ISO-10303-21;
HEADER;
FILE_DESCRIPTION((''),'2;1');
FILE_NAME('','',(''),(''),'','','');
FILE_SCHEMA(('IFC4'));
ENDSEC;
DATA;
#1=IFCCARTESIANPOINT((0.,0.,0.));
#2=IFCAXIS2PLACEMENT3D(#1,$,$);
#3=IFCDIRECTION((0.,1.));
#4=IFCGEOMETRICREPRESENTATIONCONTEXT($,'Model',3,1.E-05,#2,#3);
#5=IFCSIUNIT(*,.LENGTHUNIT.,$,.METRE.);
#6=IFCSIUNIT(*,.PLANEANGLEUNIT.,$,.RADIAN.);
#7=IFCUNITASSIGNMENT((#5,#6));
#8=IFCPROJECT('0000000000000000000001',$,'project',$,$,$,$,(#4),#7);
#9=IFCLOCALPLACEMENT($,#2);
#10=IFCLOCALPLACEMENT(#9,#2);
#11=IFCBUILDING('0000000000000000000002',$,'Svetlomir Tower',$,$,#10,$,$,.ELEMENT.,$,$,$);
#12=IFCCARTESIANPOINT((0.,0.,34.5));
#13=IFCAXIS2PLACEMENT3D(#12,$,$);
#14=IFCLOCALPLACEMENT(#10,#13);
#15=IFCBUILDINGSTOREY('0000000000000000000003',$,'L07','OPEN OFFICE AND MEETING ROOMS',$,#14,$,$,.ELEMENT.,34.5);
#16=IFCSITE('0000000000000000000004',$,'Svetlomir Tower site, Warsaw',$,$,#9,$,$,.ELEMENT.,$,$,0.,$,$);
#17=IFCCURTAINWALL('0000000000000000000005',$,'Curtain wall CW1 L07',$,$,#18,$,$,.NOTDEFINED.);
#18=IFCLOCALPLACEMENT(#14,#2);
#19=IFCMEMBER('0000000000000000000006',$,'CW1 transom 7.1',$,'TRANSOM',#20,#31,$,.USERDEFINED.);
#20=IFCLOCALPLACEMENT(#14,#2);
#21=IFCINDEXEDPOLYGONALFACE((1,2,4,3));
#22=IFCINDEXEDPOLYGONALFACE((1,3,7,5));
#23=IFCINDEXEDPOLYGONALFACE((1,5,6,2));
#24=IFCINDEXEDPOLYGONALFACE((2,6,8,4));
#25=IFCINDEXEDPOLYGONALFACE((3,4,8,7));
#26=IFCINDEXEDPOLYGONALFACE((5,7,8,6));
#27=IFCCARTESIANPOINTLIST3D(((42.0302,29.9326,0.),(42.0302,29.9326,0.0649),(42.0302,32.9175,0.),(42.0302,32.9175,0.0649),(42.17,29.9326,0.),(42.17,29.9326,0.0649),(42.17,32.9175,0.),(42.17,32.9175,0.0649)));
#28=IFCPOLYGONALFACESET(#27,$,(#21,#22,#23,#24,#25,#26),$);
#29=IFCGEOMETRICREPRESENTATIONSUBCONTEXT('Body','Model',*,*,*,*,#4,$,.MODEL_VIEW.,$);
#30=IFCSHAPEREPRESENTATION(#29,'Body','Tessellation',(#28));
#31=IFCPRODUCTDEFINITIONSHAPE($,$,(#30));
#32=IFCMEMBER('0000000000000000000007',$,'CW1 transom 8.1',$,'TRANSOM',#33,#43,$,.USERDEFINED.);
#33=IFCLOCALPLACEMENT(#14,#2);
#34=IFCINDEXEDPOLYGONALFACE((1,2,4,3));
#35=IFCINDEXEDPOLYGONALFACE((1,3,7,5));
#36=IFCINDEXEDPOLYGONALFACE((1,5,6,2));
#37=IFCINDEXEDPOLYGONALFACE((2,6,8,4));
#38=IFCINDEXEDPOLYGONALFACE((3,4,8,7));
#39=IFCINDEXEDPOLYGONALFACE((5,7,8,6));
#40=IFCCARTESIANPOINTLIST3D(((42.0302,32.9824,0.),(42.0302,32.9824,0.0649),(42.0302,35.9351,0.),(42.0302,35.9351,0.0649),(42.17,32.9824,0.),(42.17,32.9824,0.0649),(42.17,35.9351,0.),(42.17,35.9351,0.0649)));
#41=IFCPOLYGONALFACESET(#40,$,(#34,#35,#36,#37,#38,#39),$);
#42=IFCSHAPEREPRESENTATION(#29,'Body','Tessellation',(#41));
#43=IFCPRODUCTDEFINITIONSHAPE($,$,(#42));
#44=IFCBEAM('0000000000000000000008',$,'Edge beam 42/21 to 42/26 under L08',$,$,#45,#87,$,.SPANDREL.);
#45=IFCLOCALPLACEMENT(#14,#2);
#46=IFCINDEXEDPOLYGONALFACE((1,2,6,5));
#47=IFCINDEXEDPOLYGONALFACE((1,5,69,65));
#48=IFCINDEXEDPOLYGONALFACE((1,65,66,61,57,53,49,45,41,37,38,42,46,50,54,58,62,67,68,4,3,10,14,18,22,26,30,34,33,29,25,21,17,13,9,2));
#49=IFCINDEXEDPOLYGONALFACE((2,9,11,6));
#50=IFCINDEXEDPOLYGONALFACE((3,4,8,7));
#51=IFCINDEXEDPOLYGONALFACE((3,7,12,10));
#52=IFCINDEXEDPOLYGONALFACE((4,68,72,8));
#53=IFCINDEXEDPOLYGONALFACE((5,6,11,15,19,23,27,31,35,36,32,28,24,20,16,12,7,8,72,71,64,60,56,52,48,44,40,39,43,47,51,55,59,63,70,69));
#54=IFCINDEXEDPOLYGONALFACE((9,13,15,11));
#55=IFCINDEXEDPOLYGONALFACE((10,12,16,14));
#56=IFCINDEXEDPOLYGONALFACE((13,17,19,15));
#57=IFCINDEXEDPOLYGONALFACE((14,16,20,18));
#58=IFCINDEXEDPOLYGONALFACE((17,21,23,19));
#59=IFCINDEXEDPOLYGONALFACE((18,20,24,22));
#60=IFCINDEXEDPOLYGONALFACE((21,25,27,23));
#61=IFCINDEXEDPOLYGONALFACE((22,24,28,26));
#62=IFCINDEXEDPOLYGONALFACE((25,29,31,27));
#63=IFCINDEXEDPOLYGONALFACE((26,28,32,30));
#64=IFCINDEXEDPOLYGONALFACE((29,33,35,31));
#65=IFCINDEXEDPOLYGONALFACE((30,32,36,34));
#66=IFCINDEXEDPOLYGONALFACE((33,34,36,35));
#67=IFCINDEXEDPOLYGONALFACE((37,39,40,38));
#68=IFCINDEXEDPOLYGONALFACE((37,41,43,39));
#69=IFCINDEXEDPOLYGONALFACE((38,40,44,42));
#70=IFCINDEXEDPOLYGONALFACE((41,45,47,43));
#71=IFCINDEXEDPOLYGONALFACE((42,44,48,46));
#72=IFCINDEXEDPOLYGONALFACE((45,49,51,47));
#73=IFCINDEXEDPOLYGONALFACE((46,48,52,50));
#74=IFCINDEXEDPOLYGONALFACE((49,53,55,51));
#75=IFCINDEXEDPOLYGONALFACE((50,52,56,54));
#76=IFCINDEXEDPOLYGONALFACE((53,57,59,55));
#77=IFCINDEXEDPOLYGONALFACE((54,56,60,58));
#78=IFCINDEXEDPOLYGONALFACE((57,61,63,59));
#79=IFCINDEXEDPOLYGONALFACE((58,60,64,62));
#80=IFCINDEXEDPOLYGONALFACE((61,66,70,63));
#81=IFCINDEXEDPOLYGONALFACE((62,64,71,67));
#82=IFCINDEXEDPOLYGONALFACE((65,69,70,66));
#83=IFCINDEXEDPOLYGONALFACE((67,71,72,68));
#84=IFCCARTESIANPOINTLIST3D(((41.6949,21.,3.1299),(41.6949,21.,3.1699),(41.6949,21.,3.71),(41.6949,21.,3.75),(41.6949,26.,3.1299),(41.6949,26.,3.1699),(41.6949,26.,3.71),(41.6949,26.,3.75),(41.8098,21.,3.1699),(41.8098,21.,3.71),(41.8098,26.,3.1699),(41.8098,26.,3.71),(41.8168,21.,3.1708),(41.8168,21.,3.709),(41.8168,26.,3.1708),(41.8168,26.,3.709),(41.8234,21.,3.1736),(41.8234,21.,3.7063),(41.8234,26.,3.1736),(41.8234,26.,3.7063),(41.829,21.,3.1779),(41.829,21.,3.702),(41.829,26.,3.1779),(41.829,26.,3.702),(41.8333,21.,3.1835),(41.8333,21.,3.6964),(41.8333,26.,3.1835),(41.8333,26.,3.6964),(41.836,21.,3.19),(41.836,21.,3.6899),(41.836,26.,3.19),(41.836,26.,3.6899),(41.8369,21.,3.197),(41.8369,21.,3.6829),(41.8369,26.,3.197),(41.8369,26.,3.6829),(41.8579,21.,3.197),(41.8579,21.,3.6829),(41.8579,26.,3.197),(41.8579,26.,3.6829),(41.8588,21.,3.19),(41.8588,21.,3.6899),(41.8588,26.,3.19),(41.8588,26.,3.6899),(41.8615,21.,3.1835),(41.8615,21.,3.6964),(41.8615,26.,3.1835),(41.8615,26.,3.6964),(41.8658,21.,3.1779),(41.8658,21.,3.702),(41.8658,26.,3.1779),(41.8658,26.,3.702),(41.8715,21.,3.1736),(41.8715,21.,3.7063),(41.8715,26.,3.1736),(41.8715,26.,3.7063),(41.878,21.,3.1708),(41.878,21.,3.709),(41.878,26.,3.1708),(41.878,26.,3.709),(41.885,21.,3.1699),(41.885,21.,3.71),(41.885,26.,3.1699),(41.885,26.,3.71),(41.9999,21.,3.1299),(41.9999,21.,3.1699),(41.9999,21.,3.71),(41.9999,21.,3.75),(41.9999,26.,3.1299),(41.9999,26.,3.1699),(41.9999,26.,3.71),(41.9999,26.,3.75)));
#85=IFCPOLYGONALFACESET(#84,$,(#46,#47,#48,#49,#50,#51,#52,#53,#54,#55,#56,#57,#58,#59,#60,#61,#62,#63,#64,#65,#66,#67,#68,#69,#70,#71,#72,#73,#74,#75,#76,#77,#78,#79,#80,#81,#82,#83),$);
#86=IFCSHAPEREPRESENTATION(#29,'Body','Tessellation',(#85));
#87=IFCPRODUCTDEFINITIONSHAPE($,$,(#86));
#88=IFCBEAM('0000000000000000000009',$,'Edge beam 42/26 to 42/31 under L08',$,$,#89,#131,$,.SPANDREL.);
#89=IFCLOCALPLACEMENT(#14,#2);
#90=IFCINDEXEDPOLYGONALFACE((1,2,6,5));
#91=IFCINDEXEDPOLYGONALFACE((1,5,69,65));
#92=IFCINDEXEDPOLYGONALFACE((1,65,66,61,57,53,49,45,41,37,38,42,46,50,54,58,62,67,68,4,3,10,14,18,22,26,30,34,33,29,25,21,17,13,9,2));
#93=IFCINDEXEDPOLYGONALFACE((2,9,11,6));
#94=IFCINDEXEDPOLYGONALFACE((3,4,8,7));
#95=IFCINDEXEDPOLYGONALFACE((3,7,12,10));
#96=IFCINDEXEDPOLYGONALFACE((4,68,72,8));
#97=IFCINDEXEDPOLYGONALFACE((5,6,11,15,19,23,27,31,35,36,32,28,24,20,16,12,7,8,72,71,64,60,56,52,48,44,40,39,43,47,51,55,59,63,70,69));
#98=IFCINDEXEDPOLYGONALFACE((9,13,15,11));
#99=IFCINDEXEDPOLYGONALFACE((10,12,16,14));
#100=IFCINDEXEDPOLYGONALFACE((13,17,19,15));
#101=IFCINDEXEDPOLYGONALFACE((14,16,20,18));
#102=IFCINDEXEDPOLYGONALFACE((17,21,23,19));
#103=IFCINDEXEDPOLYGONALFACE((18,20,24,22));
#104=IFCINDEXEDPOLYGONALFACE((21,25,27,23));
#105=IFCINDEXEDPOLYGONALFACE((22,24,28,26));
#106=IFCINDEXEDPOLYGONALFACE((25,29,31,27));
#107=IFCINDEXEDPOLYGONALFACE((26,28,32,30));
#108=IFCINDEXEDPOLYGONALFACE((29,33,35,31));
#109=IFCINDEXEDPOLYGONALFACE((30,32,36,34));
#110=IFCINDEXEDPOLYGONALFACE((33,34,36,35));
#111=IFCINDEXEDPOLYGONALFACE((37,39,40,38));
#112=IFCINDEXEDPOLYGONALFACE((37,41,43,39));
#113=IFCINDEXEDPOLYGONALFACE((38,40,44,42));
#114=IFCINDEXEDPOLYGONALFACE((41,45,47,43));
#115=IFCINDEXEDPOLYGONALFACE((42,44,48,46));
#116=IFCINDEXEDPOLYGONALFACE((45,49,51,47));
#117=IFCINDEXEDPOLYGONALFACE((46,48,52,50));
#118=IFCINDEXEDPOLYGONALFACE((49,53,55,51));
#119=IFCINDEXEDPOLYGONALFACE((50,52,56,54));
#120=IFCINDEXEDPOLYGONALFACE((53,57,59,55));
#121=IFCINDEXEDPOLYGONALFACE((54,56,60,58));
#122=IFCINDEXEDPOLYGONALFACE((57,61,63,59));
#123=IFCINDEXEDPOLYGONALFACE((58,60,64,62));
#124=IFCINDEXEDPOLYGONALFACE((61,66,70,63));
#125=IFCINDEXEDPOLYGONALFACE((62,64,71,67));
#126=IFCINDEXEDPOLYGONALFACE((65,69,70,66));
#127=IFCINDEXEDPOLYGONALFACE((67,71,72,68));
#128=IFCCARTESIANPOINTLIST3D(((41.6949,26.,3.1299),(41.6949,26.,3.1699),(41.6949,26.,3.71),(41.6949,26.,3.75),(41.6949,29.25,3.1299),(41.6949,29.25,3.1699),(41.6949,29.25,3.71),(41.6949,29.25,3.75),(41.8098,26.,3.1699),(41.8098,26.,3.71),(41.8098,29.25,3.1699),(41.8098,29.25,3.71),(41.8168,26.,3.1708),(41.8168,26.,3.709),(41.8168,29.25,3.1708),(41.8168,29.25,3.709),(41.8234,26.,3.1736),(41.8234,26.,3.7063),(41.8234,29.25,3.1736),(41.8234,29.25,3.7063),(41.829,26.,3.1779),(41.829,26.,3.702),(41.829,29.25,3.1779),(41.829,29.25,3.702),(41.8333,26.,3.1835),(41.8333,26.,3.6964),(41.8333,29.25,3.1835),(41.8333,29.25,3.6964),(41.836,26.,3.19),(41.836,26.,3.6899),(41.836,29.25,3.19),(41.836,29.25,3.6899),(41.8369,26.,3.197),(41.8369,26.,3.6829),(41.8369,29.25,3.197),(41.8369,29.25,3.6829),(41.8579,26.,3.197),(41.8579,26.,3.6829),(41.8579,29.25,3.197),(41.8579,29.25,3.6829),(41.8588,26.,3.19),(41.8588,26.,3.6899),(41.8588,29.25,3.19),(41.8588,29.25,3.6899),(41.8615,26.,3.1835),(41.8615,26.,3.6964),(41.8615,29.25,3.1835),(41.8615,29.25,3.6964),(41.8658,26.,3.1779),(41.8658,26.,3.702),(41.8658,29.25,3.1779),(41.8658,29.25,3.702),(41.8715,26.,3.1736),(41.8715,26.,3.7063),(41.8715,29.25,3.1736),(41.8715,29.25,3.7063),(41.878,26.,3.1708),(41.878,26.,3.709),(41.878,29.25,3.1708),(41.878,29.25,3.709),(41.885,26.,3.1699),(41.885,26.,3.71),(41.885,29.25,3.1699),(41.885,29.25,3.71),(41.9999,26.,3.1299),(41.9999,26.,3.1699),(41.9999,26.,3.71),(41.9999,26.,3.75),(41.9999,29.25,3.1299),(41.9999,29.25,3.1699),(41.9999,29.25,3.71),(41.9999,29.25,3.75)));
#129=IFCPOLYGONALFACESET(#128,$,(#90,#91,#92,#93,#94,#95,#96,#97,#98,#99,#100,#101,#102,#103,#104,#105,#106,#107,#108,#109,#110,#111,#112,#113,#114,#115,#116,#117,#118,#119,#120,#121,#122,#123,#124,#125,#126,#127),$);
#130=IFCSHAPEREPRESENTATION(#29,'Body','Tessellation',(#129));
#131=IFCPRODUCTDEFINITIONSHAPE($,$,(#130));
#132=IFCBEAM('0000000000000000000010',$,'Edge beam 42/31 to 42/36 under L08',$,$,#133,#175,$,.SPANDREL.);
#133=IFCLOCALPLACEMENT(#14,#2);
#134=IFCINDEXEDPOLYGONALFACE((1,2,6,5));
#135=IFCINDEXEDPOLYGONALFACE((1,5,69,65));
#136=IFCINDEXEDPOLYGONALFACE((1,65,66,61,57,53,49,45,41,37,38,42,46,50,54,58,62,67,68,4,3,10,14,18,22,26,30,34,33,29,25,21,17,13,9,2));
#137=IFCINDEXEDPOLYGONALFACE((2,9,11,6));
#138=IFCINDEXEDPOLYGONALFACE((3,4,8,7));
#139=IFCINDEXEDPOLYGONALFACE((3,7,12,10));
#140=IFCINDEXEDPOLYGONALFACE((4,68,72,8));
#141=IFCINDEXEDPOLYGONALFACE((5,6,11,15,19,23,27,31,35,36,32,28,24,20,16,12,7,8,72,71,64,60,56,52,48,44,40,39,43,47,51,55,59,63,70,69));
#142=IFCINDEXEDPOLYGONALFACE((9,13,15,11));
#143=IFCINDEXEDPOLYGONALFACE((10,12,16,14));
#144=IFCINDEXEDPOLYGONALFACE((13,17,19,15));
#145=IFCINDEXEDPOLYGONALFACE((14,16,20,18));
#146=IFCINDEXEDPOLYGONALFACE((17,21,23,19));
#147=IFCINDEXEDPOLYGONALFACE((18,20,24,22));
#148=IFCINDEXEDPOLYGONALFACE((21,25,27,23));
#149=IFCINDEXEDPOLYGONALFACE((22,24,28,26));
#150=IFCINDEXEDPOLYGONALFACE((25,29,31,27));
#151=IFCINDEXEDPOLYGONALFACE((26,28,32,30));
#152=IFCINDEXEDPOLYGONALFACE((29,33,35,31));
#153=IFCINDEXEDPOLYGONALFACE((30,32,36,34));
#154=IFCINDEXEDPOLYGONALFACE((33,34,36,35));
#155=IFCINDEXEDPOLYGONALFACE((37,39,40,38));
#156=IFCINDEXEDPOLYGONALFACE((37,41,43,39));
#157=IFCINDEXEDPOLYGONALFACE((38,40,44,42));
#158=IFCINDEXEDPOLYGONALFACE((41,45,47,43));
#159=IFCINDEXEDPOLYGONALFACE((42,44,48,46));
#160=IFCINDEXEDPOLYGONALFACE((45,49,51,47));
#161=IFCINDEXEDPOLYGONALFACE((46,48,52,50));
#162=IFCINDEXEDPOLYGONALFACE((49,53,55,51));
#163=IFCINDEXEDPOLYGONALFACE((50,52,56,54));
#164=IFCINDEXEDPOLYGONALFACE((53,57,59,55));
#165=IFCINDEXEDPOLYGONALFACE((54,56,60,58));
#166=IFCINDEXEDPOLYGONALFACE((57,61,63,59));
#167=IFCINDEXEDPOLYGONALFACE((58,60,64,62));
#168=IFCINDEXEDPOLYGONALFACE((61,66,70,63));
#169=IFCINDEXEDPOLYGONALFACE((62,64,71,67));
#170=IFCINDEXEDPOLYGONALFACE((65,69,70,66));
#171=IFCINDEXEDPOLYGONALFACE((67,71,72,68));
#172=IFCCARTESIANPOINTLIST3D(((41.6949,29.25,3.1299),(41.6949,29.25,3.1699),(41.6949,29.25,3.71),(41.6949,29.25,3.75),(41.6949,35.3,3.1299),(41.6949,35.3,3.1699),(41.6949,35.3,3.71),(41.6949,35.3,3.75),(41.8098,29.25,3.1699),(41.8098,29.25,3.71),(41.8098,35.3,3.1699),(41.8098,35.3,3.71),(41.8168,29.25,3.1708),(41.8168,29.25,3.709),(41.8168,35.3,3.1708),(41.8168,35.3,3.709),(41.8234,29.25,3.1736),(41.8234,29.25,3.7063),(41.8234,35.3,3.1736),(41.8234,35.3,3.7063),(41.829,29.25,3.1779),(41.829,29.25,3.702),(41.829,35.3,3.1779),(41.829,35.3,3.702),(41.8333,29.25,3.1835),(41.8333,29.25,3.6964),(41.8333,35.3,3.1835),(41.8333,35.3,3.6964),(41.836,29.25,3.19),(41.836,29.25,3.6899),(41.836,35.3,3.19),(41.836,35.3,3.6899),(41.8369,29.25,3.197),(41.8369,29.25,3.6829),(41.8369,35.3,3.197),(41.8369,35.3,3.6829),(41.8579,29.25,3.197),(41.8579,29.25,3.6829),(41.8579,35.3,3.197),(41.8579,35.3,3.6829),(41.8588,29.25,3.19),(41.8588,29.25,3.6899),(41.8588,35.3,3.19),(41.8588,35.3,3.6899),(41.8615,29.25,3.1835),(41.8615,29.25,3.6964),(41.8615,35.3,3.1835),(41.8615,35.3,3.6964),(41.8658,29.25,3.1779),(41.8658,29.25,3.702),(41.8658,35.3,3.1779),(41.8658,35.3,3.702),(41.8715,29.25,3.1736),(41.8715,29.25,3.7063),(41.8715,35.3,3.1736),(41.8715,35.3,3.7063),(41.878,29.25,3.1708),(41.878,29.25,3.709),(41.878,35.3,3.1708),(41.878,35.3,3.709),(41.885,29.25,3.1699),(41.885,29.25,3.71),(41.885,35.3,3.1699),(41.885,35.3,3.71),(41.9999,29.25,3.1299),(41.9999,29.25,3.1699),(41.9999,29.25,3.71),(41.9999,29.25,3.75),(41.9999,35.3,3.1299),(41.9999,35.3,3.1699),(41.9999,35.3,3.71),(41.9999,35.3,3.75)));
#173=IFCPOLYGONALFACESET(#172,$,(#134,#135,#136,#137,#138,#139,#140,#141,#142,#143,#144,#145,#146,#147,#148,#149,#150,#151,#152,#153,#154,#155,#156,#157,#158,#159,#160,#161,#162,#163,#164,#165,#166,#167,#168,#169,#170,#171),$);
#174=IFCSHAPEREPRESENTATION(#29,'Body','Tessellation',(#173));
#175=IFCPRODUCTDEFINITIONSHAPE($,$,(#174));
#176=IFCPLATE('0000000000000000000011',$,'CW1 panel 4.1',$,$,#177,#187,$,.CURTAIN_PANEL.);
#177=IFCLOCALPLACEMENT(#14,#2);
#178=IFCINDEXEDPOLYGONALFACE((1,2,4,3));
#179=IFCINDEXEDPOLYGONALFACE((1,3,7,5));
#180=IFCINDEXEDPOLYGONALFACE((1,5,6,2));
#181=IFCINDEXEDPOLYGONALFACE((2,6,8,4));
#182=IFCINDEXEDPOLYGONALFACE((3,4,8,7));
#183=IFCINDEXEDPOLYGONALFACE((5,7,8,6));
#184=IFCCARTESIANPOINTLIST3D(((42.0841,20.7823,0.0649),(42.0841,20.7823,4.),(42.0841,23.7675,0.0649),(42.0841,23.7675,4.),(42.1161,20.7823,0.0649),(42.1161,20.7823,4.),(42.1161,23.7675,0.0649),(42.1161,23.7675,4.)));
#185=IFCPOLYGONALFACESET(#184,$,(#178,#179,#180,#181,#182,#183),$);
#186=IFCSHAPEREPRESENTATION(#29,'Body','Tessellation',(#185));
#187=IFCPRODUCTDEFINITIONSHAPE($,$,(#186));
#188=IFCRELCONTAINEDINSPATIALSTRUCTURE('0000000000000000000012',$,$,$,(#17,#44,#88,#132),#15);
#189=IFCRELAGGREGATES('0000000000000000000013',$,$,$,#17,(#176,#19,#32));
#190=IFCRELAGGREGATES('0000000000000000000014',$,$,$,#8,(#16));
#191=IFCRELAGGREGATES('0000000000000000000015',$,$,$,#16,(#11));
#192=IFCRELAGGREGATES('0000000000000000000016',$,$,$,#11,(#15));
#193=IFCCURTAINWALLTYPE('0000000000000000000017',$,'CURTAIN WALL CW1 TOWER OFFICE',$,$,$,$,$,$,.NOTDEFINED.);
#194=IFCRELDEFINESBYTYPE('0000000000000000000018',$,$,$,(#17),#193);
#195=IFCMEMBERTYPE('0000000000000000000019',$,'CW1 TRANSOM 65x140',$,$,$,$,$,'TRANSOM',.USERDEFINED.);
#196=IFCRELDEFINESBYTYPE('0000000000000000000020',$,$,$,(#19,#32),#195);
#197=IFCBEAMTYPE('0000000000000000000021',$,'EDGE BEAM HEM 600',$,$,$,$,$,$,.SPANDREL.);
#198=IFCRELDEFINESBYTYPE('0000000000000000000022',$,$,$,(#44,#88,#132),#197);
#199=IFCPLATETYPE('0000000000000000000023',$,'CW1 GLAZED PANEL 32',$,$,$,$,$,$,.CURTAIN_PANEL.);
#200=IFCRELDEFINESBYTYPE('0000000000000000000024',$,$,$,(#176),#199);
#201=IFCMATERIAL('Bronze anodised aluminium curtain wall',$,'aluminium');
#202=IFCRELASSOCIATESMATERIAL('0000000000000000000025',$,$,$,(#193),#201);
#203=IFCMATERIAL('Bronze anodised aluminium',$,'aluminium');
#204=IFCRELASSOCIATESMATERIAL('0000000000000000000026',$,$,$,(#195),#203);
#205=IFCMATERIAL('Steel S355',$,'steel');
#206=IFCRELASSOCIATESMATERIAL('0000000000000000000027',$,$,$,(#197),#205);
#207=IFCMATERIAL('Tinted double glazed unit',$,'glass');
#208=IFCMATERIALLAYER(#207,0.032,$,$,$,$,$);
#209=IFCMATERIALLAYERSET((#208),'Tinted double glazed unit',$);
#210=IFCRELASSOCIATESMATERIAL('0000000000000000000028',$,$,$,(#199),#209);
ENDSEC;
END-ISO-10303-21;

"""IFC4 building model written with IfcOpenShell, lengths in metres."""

from ifc_helpers import new_model, si_unit, direction, frame, origin, origin_2d, place, context, subcontext, project, spatial, rectangle, i_section, extrude, material, layer, layer_set, material_profile, profile_set, type_object, element, aggregate, save


model = new_model("IFC4")

# Units and contexts
model_context = context("Model", 3, precision=1e-05, world=origin(), true_north=direction((0.0, 1.0)))
body_context = subcontext(model_context, "Body", "Model", "MODEL_VIEW")
ifc_project = project(units=[si_unit("LENGTHUNIT", "METRE"), si_unit("PLANEANGLEUNIT", "RADIAN")], contexts=[model_context])

# Site, building, storey
site_placement = place(None, origin())
site = spatial("IfcSite", under=ifc_project, at=site_placement, Name="Svetlomir Tower site, Warsaw", CompositionType="ELEMENT", RefElevation=0.0)
building_placement = place(site_placement, origin())
building = spatial("IfcBuilding", under=site, at=building_placement, Name="Svetlomir Tower", CompositionType="ELEMENT")
storey_placement = place(building_placement, frame((0.0, 0.0, 34.5)))
storey = spatial("IfcBuildingStorey", under=building, at=storey_placement, Name="L07", Description="OPEN OFFICE AND MEETING ROOMS", CompositionType="ELEMENT", Elevation=34.5)

# Curtain wall, members
ifc_material_1 = material(Name="Bronze anodised aluminium curtain wall", Category="aluminium")
curtain_wall_type = type_object("IfcCurtainWallType", Name="CURTAIN WALL CW1 TOWER OFFICE", PredefinedType="NOTDEFINED", material=ifc_material_1)
curtain_wall_placement = place(storey_placement, origin())
curtain_wall = element("IfcCurtainWall", 1, at=curtain_wall_placement, inside=storey, type_object=curtain_wall_type, Name="Curtain wall CW1 L07", PredefinedType="NOTDEFINED")
ifc_material_2 = material(Name="Bronze anodised aluminium", Category="aluminium")
ifc_material_profile_1 = material_profile(ifc_material_2, rectangle(XDim=0.1399, YDim=0.0649, at=origin_2d()), Name="AL 140x65")
ifc_profile_set_1 = profile_set([ifc_material_profile_1], Name="Bronze anodised aluminium 6063-T6")
member_type_1 = type_object("IfcMemberType", Name="CW1 TRANSOM 65x140", ElementType="TRANSOM", PredefinedType="USERDEFINED", material=ifc_profile_set_1)
member_1_placement = place(storey_placement, frame((42.1001, 29.9326, 0.0325), z_axis=(0.0, 1.0, 0.0), x_axis=(-1.0, 0.0, 0.0)))
member_1 = element("IfcMember", 2, at=member_1_placement, type_object=member_type_1, Name="CW1 transom 7.1", ObjectType="TRANSOM", PredefinedType="USERDEFINED", context=body_context, shape_type="SweptSolid", body=[
    extrude(rectangle(XDim=0.1399, YDim=0.0649, at=origin_2d()), origin(), (0.0, 0.0, 1.0), 2.9849),
])
member_2_placement = place(storey_placement, frame((42.1001, 32.9824, 0.0325), z_axis=(0.0, 1.0, 0.0), x_axis=(-1.0, 0.0, 0.0)))
member_2 = element("IfcMember", 3, at=member_2_placement, type_object=member_type_1, Name="CW1 transom 8.1", ObjectType="TRANSOM", PredefinedType="USERDEFINED", context=body_context, shape_type="SweptSolid", body=[
    extrude(rectangle(XDim=0.1399, YDim=0.0649, at=origin_2d()), origin(), (0.0, 0.0, 1.0), 2.9526),
])

# Beams
ifc_material_3 = material(Name="Steel S355", Category="steel")
ifc_material_profile_2 = material_profile(ifc_material_3, i_section(OverallWidth=0.3049, OverallDepth=0.6201, WebThickness=0.021, FlangeThickness=0.04, FilletRadius=0.0271, at=origin_2d()), Name="HEM 600")
ifc_profile_set_2 = profile_set([ifc_material_profile_2], Name="Steel S355")
beam_type = type_object("IfcBeamType", Name="EDGE BEAM HEM 600", PredefinedType="SPANDREL", material=ifc_profile_set_2)
beam_1_placement = place(storey_placement, frame((41.8474, 21.0, 3.4399), z_axis=(0.0, 1.0, 0.0), x_axis=(-1.0, 0.0, 0.0)))
element("IfcBeam", 4, at=beam_1_placement, inside=storey, type_object=beam_type, Name="Edge beam 42/21 to 42/26 under L08", PredefinedType="SPANDREL", context=body_context, shape_type="SweptSolid", body=[
    extrude(i_section(OverallWidth=0.3049, OverallDepth=0.6201, WebThickness=0.021, FlangeThickness=0.04, FilletRadius=0.0271, at=origin_2d()), origin(), (0.0, 0.0, 1.0), 5.0),
])
beam_2_placement = place(storey_placement, frame((41.8474, 26.0, 3.4399), z_axis=(0.0, 1.0, 0.0), x_axis=(-1.0, 0.0, 0.0)))
element("IfcBeam", 5, at=beam_2_placement, inside=storey, type_object=beam_type, Name="Edge beam 42/26 to 42/31 under L08", PredefinedType="SPANDREL", context=body_context, shape_type="SweptSolid", body=[
    extrude(i_section(OverallWidth=0.3049, OverallDepth=0.6201, WebThickness=0.021, FlangeThickness=0.04, FilletRadius=0.0271, at=origin_2d()), origin(), (0.0, 0.0, 1.0), 3.25),
])
beam_3_placement = place(storey_placement, frame((41.8474, 29.25, 3.4399), z_axis=(0.0, 1.0, 0.0), x_axis=(-1.0, 0.0, 0.0)))
element("IfcBeam", 6, at=beam_3_placement, inside=storey, type_object=beam_type, Name="Edge beam 42/31 to 42/36 under L08", PredefinedType="SPANDREL", context=body_context, shape_type="SweptSolid", body=[
    extrude(i_section(OverallWidth=0.3049, OverallDepth=0.6201, WebThickness=0.021, FlangeThickness=0.04, FilletRadius=0.0271, at=origin_2d()), origin(), (0.0, 0.0, 1.0), 6.05),
])

# Plate
ifc_material_4 = material(Name="Tinted double glazed unit", Category="glass")
ifc_layer_1 = layer(ifc_material_4, 0.032)
ifc_layer_set_1 = layer_set([ifc_layer_1], Name="Tinted double glazed unit")
plate_type = type_object("IfcPlateType", Name="CW1 GLAZED PANEL 32", PredefinedType="CURTAIN_PANEL", material=ifc_layer_set_1)
plate_1_placement = place(storey_placement, frame((42.1001, 22.2749, 0.0649), z_axis=(0.0, 0.0, 1.0), x_axis=(0.0, 1.0, 0.0)))
plate_1 = element("IfcPlate", 7, at=plate_1_placement, type_object=plate_type, Name="CW1 panel 4.1", PredefinedType="CURTAIN_PANEL", context=body_context, shape_type="SweptSolid", body=[
    extrude(rectangle(XDim=2.9851, YDim=0.032, at=origin_2d()), origin(), (0.0, 0.0, 1.0), 3.9351),
])
aggregate(curtain_wall, [plate_1, member_1, member_2])

save(model, "model.ifc")
